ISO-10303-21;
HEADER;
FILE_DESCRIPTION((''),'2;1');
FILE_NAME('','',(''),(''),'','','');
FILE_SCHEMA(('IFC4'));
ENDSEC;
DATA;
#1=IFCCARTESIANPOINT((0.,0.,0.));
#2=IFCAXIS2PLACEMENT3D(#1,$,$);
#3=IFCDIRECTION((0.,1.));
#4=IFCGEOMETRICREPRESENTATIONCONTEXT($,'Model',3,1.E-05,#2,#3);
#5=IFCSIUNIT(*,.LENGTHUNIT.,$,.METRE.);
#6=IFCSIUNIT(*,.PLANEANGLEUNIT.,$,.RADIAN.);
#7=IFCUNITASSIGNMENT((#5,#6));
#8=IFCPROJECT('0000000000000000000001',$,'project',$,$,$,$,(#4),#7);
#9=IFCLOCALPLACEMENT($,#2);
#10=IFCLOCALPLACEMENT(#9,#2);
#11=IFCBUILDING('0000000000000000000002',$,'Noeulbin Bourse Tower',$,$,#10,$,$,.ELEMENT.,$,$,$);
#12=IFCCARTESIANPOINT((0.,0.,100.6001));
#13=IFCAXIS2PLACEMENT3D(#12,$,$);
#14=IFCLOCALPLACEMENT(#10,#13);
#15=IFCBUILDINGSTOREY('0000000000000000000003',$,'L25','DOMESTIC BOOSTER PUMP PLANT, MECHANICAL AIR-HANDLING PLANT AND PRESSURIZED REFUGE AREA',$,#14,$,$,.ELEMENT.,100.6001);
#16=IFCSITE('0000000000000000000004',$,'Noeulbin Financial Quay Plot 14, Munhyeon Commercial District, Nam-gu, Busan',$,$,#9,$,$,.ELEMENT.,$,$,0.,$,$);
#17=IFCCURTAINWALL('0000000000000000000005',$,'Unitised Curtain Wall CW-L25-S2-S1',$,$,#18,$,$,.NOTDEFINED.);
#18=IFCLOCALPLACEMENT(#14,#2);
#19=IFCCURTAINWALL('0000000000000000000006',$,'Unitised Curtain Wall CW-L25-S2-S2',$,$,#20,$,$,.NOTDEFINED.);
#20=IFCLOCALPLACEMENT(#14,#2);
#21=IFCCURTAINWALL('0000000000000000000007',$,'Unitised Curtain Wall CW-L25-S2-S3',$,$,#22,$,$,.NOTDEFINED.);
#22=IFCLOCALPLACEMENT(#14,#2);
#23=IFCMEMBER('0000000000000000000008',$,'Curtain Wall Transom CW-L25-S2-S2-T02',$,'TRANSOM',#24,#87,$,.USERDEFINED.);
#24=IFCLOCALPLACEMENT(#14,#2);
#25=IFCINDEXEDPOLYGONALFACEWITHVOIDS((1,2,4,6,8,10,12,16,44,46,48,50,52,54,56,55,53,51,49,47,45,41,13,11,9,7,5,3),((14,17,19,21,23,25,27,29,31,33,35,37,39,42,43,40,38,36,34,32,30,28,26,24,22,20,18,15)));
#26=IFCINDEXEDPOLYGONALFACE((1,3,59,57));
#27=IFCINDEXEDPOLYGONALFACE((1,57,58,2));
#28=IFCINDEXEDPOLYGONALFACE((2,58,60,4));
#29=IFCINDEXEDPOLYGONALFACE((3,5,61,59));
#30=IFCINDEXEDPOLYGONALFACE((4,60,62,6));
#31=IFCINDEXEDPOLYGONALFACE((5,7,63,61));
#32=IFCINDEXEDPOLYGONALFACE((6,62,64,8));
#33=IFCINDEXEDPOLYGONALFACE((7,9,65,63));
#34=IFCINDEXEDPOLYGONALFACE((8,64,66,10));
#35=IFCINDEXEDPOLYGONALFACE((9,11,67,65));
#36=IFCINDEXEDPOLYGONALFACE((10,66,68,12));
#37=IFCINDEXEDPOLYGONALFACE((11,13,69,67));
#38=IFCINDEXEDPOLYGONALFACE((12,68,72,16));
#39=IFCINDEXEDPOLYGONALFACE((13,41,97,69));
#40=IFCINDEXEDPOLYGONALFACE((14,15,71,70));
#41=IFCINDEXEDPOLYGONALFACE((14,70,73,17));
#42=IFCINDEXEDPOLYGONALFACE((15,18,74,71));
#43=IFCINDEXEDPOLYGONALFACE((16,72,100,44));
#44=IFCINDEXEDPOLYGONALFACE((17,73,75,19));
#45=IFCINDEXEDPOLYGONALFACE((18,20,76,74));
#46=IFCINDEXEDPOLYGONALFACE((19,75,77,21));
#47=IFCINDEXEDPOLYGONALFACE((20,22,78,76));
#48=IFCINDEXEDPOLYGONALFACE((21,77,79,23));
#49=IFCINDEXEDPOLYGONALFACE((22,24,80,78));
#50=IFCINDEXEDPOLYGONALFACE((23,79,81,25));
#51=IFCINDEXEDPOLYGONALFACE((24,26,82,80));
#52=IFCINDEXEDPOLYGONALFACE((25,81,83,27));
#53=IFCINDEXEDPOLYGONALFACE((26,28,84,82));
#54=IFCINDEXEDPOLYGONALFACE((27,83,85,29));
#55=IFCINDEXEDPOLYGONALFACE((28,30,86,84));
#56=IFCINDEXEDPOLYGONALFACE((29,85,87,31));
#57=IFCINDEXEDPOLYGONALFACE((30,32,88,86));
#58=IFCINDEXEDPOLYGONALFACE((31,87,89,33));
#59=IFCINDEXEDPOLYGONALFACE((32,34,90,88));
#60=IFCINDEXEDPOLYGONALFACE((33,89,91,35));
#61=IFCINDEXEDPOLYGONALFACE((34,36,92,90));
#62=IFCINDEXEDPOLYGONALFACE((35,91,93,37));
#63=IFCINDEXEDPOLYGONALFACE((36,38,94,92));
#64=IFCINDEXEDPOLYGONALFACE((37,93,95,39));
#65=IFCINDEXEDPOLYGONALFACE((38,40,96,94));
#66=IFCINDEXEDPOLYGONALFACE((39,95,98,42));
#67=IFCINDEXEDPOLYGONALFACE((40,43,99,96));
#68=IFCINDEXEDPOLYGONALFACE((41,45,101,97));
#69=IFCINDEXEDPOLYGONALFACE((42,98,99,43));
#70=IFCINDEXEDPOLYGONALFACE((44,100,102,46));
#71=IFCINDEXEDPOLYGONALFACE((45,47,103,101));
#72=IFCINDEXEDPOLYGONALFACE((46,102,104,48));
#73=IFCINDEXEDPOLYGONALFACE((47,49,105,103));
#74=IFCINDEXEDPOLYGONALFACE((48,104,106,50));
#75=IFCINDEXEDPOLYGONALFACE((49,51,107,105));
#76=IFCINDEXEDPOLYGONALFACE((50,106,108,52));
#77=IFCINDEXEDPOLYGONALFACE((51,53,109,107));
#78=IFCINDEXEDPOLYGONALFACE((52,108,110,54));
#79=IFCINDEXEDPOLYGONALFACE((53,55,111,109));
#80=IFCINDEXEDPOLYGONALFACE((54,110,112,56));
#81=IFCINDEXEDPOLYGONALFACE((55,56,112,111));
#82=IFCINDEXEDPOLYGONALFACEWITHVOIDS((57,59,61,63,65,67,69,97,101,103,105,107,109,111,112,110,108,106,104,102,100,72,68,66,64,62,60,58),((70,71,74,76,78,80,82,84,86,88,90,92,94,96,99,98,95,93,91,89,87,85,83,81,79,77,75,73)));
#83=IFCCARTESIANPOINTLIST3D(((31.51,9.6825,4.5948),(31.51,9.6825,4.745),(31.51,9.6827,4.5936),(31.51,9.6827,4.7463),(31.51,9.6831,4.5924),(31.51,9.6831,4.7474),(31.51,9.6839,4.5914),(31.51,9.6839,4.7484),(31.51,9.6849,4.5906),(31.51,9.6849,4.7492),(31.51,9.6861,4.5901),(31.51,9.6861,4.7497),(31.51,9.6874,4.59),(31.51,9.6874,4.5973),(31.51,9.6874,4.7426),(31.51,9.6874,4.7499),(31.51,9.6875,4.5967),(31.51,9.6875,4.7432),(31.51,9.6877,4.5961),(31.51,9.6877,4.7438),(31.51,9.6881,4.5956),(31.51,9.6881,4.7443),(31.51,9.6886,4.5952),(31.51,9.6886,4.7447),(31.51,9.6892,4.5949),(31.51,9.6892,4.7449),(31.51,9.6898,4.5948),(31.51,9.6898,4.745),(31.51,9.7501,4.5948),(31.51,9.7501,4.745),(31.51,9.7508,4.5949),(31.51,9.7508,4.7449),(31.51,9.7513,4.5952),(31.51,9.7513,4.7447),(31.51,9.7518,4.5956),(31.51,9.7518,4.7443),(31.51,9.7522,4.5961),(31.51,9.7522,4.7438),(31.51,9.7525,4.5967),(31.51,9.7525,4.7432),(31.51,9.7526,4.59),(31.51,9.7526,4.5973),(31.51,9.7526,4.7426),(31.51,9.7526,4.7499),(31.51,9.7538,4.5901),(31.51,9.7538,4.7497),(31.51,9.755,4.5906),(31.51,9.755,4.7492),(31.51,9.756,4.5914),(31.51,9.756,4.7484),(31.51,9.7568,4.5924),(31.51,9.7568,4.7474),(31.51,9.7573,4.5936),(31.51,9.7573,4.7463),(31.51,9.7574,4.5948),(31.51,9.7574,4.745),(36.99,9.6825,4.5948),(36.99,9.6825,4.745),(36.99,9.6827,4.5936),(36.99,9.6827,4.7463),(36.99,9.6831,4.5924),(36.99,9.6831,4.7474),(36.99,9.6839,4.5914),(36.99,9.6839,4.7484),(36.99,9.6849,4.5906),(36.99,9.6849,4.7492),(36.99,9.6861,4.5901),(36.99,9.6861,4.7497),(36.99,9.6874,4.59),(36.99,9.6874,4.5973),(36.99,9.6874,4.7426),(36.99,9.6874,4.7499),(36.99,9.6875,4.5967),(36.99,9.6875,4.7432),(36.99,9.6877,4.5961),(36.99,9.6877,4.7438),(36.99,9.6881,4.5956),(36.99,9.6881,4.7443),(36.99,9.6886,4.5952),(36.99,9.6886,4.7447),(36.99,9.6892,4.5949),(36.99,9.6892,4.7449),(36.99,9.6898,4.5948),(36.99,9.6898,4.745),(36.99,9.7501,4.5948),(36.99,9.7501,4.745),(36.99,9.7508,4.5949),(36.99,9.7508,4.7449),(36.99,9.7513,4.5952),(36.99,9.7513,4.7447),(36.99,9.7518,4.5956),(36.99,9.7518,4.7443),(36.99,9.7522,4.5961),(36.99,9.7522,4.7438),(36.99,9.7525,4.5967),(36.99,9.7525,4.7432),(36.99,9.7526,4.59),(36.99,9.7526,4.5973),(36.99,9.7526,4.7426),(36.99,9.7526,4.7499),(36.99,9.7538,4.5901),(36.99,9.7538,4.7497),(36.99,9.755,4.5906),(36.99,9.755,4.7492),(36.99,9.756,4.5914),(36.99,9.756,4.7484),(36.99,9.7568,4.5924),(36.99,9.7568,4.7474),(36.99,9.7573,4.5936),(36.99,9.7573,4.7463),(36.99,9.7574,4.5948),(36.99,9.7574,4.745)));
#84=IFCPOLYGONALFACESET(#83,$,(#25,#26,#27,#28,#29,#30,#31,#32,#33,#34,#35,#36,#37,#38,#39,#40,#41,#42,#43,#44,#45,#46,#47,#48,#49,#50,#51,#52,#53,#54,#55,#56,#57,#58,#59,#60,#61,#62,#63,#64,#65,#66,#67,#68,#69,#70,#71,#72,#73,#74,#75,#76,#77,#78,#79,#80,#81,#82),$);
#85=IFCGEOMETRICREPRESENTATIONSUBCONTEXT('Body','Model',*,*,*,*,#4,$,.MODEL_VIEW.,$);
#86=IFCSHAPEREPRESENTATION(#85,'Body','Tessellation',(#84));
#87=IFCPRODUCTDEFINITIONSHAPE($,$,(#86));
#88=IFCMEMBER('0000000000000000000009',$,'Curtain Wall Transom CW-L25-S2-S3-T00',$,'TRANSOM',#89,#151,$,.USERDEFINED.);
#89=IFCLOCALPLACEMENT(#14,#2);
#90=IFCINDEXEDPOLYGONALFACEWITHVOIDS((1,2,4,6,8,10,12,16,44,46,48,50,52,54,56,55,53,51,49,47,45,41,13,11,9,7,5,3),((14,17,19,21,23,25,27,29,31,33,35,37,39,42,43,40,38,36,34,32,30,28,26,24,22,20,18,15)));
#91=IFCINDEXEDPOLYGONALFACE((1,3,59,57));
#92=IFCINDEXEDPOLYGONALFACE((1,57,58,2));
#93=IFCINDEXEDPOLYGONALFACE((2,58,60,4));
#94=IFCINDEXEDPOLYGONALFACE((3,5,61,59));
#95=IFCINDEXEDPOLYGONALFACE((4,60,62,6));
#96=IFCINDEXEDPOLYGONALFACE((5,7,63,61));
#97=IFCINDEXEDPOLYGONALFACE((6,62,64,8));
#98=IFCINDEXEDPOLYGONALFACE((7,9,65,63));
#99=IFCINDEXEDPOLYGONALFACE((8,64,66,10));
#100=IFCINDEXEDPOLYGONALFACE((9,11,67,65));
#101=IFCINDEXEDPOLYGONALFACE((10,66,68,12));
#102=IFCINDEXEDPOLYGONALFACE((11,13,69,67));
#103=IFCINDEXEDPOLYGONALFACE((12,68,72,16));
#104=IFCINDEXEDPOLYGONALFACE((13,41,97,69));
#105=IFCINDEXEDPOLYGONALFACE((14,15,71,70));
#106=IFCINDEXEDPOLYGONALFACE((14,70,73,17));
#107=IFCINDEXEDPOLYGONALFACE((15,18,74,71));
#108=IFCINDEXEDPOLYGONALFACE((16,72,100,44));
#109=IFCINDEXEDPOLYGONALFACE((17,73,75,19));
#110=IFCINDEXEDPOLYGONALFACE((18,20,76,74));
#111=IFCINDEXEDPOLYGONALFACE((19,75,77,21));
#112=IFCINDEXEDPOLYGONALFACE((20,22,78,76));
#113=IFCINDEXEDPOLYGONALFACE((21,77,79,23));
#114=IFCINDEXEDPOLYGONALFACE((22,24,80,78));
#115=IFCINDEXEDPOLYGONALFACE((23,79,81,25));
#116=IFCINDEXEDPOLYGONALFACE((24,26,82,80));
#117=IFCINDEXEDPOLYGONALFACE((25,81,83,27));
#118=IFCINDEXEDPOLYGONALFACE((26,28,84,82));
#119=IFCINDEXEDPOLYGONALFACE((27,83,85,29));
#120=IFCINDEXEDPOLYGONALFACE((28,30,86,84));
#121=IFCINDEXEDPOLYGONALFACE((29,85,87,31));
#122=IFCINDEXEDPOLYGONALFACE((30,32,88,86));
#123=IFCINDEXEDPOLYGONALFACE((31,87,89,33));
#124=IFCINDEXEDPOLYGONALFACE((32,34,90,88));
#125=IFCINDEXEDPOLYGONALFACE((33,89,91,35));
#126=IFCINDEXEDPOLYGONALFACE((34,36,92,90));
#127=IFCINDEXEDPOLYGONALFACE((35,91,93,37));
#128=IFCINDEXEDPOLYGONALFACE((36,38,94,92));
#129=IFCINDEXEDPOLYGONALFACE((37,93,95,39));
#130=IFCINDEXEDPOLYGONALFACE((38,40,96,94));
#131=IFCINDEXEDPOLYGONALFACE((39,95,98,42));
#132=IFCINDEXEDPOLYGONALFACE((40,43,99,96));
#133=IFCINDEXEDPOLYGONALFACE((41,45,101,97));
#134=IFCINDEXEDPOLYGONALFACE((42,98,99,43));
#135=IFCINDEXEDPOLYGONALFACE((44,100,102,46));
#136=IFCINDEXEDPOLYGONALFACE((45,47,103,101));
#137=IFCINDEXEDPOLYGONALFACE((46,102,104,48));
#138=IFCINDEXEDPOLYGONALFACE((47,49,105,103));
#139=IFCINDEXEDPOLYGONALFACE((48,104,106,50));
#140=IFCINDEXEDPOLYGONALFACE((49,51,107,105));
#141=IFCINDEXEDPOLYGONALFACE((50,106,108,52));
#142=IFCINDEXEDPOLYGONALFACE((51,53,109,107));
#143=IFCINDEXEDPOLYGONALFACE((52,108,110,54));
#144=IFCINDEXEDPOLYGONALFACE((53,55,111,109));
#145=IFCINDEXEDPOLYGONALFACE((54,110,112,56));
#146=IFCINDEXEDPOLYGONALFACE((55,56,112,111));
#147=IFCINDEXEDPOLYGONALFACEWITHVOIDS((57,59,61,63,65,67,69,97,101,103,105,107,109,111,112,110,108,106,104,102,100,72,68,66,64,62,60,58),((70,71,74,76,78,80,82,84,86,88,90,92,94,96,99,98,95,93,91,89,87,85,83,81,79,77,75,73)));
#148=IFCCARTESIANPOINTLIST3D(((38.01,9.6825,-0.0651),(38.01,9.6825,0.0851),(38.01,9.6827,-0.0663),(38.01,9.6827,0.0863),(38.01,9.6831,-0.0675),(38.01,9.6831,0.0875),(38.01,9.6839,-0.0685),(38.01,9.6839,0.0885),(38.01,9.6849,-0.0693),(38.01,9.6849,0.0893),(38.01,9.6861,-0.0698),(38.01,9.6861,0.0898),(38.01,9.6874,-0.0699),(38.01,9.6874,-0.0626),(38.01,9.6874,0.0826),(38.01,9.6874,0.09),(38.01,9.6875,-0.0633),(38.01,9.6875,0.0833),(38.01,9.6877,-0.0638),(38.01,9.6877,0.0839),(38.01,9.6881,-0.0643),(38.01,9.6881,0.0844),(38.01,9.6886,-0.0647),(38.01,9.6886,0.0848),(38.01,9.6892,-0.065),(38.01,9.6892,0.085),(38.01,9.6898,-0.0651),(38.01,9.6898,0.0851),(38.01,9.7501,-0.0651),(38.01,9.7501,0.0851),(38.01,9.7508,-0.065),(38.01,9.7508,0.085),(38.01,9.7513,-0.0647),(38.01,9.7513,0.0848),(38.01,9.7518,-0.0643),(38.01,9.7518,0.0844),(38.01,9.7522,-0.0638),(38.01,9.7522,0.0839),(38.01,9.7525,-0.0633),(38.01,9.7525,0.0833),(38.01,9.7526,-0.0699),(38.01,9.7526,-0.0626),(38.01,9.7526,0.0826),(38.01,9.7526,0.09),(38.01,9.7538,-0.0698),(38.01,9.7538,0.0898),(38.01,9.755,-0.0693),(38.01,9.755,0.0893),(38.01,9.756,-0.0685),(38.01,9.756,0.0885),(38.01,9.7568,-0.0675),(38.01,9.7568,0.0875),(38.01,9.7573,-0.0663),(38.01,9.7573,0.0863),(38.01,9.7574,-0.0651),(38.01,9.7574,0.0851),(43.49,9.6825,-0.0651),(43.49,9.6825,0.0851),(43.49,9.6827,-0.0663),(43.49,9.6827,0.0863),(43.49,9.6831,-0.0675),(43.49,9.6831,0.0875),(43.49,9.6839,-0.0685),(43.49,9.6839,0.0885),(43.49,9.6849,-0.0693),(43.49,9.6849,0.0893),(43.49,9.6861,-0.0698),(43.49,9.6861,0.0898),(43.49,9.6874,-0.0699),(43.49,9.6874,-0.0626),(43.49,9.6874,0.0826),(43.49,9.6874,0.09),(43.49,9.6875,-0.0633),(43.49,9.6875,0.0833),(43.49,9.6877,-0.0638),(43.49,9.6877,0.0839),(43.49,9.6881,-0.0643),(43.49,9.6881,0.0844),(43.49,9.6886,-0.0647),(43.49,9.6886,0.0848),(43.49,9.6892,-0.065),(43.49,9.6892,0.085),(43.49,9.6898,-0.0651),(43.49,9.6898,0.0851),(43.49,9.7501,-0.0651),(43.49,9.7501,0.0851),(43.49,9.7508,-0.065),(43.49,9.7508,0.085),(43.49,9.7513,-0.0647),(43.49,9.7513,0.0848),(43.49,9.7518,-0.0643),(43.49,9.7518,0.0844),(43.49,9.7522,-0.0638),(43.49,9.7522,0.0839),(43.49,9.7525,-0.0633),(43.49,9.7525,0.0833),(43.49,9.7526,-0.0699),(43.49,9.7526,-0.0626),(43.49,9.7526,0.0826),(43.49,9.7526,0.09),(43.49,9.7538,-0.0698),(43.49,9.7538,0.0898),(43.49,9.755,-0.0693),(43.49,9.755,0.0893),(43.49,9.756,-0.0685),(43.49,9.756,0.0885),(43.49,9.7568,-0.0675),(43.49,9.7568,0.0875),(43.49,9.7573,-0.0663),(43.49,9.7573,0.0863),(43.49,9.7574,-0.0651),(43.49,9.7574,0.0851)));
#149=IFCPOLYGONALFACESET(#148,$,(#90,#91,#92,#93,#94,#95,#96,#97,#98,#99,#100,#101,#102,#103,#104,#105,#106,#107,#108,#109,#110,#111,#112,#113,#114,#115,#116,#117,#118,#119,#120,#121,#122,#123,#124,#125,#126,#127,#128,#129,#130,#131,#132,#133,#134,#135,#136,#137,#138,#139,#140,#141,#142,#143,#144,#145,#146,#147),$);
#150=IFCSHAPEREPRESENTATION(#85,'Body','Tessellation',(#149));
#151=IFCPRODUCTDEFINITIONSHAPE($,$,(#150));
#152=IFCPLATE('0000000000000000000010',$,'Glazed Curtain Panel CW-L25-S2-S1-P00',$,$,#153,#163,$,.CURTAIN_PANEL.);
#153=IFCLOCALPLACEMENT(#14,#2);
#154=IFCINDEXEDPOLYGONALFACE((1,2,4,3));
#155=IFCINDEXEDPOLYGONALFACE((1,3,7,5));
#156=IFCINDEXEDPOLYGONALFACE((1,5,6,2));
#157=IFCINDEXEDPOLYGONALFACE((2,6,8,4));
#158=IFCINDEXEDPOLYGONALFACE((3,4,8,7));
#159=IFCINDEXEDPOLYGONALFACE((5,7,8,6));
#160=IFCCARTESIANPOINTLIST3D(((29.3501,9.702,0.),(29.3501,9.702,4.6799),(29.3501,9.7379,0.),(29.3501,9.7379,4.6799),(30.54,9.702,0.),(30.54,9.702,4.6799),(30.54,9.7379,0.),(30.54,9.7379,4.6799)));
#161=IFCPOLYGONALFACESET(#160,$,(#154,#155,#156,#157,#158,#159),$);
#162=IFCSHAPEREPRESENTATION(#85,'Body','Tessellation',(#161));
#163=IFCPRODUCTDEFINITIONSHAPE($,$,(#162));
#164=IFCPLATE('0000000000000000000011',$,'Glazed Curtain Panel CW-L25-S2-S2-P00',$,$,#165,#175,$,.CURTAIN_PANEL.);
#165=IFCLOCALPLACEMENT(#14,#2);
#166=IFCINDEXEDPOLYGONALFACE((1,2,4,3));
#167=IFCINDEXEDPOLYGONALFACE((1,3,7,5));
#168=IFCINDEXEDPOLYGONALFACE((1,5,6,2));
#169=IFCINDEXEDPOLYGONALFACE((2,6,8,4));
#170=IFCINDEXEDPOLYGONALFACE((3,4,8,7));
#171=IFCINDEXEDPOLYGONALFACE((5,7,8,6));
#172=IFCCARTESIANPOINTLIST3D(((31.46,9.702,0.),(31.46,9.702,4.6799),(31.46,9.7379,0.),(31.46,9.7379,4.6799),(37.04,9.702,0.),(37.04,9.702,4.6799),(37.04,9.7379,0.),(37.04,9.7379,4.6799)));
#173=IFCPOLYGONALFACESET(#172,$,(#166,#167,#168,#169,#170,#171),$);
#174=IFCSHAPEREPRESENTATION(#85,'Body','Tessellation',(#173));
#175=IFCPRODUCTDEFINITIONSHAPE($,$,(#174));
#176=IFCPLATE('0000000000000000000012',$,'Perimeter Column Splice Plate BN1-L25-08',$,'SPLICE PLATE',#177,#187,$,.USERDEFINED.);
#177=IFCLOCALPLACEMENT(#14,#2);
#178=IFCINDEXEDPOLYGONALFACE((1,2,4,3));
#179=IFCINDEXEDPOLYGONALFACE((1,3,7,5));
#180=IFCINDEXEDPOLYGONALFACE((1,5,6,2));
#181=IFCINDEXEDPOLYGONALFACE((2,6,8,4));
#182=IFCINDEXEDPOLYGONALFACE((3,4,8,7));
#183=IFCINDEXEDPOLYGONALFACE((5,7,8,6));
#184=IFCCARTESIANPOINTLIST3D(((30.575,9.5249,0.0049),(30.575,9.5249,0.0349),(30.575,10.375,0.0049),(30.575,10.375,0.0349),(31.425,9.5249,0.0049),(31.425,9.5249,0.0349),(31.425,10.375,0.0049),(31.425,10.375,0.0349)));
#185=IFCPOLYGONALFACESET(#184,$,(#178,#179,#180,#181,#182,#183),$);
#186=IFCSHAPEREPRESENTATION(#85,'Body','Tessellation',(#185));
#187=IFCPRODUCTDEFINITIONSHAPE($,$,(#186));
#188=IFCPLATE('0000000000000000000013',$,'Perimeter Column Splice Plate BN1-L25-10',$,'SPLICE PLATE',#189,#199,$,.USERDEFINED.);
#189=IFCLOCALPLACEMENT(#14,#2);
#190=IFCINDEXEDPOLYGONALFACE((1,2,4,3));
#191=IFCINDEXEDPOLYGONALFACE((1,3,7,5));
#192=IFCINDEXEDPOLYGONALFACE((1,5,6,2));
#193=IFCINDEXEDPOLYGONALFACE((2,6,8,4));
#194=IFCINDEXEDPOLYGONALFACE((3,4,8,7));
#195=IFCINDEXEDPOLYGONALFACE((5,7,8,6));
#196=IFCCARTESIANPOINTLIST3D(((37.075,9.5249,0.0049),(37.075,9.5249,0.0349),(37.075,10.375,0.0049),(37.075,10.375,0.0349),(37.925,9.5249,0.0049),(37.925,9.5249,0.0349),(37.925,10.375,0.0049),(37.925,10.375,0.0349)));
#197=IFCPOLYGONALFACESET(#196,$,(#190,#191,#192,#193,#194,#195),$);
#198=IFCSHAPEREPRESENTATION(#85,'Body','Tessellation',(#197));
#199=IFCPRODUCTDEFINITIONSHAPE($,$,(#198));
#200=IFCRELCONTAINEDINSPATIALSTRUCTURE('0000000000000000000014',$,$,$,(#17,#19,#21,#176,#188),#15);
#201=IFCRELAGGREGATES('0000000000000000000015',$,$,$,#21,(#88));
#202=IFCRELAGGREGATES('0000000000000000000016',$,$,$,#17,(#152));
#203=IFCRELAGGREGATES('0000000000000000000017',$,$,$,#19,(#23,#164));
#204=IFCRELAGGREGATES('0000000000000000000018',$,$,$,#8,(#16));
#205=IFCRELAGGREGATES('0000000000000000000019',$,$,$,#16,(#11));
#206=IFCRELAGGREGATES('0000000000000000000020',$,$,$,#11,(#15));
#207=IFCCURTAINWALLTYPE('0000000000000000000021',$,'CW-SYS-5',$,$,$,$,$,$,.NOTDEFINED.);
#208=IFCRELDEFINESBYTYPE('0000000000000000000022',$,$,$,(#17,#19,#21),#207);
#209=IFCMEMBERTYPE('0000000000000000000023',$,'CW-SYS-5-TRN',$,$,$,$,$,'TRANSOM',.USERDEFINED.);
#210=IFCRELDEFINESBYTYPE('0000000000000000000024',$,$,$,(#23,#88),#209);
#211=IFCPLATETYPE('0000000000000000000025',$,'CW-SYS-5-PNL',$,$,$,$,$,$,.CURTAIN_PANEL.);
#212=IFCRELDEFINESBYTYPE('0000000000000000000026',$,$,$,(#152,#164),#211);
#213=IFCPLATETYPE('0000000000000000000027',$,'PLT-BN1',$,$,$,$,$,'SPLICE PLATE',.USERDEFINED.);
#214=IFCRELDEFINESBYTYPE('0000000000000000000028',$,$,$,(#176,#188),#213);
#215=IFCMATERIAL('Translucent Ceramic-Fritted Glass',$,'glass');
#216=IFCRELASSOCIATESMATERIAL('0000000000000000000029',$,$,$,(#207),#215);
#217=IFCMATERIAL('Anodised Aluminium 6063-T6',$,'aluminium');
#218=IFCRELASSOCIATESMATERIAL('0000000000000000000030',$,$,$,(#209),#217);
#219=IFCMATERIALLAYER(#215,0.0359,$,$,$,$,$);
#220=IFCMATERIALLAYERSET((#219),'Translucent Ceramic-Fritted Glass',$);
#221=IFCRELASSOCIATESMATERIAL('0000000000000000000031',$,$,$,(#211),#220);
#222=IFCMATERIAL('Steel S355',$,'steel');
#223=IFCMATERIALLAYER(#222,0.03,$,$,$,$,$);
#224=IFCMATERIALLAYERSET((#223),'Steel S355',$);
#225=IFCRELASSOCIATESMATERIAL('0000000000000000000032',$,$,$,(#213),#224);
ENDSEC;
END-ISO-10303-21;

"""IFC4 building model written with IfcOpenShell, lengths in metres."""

from ifc_helpers import new_model, si_unit, direction, frame, origin, origin_2d, place, context, subcontext, project, spatial, rectangle, hollow_rectangle, extrude, material, layer, layer_set, material_profile, profile_set, type_object, element, aggregate, save


model = new_model("IFC4")

# Units and contexts
model_context = context("Model", 3, precision=1e-05, world=origin(), true_north=direction((0.0, 1.0)))
body_context = subcontext(model_context, "Body", "Model", "MODEL_VIEW")
ifc_project = project(units=[si_unit("LENGTHUNIT", "METRE"), si_unit("PLANEANGLEUNIT", "RADIAN")], contexts=[model_context])

# Site, building, storey
site_placement = place(None, origin())
site = spatial("IfcSite", under=ifc_project, at=site_placement, Name="Noeulbin Financial Quay Plot 14, Munhyeon Commercial District, Nam-gu, Busan", CompositionType="ELEMENT", RefElevation=0.0)
building_placement = place(site_placement, origin())
building = spatial("IfcBuilding", under=site, at=building_placement, Name="Noeulbin Bourse Tower", CompositionType="ELEMENT")
storey_placement = place(building_placement, frame((0.0, 0.0, 100.6001)))
storey = spatial("IfcBuildingStorey", under=building, at=storey_placement, Name="L25", Description="DOMESTIC BOOSTER PUMP PLANT, MECHANICAL AIR-HANDLING PLANT AND PRESSURIZED REFUGE AREA", CompositionType="ELEMENT", Elevation=100.6001)

# Shared definitions
ifc_material_1 = material(Name="Steel S355", Category="steel")

# Curtain wall
ifc_material_2 = material(Name="Translucent Ceramic-Fritted Glass", Category="glass")
curtain_wall_type = type_object("IfcCurtainWallType", Name="CW-SYS-5", PredefinedType="NOTDEFINED", material=ifc_material_2)
curtain_wall_1_placement = place(storey_placement, origin())
curtain_wall_1 = element("IfcCurtainWall", 1, at=curtain_wall_1_placement, inside=storey, type_object=curtain_wall_type, Name="Unitised Curtain Wall CW-L25-S2-S1", PredefinedType="NOTDEFINED")
ifc_material_3 = material(Name="Anodised Aluminium 6063-T6", Category="aluminium")

# Curtain wall
curtain_wall_2_placement = place(storey_placement, origin())
curtain_wall_2 = element("IfcCurtainWall", 2, at=curtain_wall_2_placement, inside=storey, type_object=curtain_wall_type, Name="Unitised Curtain Wall CW-L25-S2-S2", PredefinedType="NOTDEFINED")

# Curtain wall
curtain_wall_3_placement = place(storey_placement, origin())
curtain_wall_3 = element("IfcCurtainWall", 3, at=curtain_wall_3_placement, inside=storey, type_object=curtain_wall_type, Name="Unitised Curtain Wall CW-L25-S2-S3", PredefinedType="NOTDEFINED")

# Members
ifc_material_profile_1 = material_profile(ifc_material_3, hollow_rectangle(XDim=0.075, YDim=0.1599, WallThickness=0.0049, InnerFilletRadius=0.0024, OuterFilletRadius=0.0049, at=origin_2d()), Name="ALU-TRAN-75x160x5", Category="LoadBearing")
ifc_profile_set_1 = profile_set([ifc_material_profile_1], Name="Anodised Aluminium 6063-T6")
member_type_1 = type_object("IfcMemberType", Name="CW-SYS-5-TRN", ElementType="TRANSOM", PredefinedType="USERDEFINED", material=ifc_profile_set_1)
member_1_placement = place(storey_placement, frame((31.51, 9.72, 4.6699), z_axis=(1.0, 0.0, 0.0), x_axis=(0.0, 1.0, 0.0)))
member_1 = element("IfcMember", 4, at=member_1_placement, type_object=member_type_1, Name="Curtain Wall Transom CW-L25-S2-S2-T02", ObjectType="TRANSOM", PredefinedType="USERDEFINED", context=body_context, shape_type="SweptSolid", body=[
    extrude(hollow_rectangle(XDim=0.075, YDim=0.1599, WallThickness=0.0049, InnerFilletRadius=0.0024, OuterFilletRadius=0.0049, at=origin_2d()), origin(), (0.0, 0.0, 1.0), 5.48),
])
member_2_placement = place(storey_placement, frame((38.01, 9.72, 0.01), z_axis=(1.0, 0.0, 0.0), x_axis=(0.0, 1.0, 0.0)))
member_2 = element("IfcMember", 5, at=member_2_placement, type_object=member_type_1, Name="Curtain Wall Transom CW-L25-S2-S3-T00", ObjectType="TRANSOM", PredefinedType="USERDEFINED", context=body_context, shape_type="SweptSolid", body=[
    extrude(hollow_rectangle(XDim=0.075, YDim=0.1599, WallThickness=0.0049, InnerFilletRadius=0.0024, OuterFilletRadius=0.0049, at=origin_2d()), origin(), (0.0, 0.0, 1.0), 5.48),
])
aggregate(curtain_wall_3, [member_2])

# Plates
ifc_layer_1 = layer(ifc_material_2, 0.0359)
ifc_layer_set_1 = layer_set([ifc_layer_1], Name="Translucent Ceramic-Fritted Glass")
plate_type_1 = type_object("IfcPlateType", Name="CW-SYS-5-PNL", PredefinedType="CURTAIN_PANEL", material=ifc_layer_set_1)
plate_1_placement = place(storey_placement, frame((29.9451, 9.72, 0.0), z_axis=(0.0, 0.0, 1.0), x_axis=(1.0, 0.0, 0.0)))
plate_1 = element("IfcPlate", 6, at=plate_1_placement, type_object=plate_type_1, Name="Glazed Curtain Panel CW-L25-S2-S1-P00", PredefinedType="CURTAIN_PANEL", context=body_context, shape_type="SweptSolid", body=[
    extrude(rectangle(XDim=1.1899, YDim=0.0359, at=origin_2d()), origin(), (0.0, 0.0, 1.0), 4.6799),
])
aggregate(curtain_wall_1, [plate_1])
plate_2_placement = place(storey_placement, frame((34.25, 9.72, 0.0), z_axis=(0.0, 0.0, 1.0), x_axis=(1.0, 0.0, 0.0)))
plate_2 = element("IfcPlate", 7, at=plate_2_placement, type_object=plate_type_1, Name="Glazed Curtain Panel CW-L25-S2-S2-P00", PredefinedType="CURTAIN_PANEL", context=body_context, shape_type="SweptSolid", body=[
    extrude(rectangle(XDim=5.5801, YDim=0.0359, at=origin_2d()), origin(), (0.0, 0.0, 1.0), 4.6799),
])
aggregate(curtain_wall_2, [member_1, plate_2])

# Plates
ifc_layer_2 = layer(ifc_material_1, 0.03)
ifc_layer_set_2 = layer_set([ifc_layer_2], Name="Steel S355")
plate_type_2 = type_object("IfcPlateType", Name="PLT-BN1", ElementType="SPLICE PLATE", PredefinedType="USERDEFINED", material=ifc_layer_set_2)
for number, where, z_axis, x_axis, name in (
    (8, (31.0, 9.95, 0.0049), (0.0, 0.0, 1.0), (1.0, 0.0, 0.0), "Perimeter Column Splice Plate BN1-L25-08"),
    (9, (37.5, 9.95, 0.0049), (0.0, 0.0, 1.0), (1.0, 0.0, 0.0), "Perimeter Column Splice Plate BN1-L25-10"),
):
    element("IfcPlate", number, at=place(storey_placement, frame(where, z_axis=z_axis, x_axis=x_axis)), inside=storey, type_object=plate_type_2, Name=name, ObjectType="SPLICE PLATE", PredefinedType="USERDEFINED", context=body_context, shape_type="SweptSolid", body=[
        extrude(rectangle(XDim=0.8501, YDim=0.8501, at=origin_2d()), origin(), (0.0, 0.0, 1.0), 0.03),
    ])

save(model, "model.ifc")
